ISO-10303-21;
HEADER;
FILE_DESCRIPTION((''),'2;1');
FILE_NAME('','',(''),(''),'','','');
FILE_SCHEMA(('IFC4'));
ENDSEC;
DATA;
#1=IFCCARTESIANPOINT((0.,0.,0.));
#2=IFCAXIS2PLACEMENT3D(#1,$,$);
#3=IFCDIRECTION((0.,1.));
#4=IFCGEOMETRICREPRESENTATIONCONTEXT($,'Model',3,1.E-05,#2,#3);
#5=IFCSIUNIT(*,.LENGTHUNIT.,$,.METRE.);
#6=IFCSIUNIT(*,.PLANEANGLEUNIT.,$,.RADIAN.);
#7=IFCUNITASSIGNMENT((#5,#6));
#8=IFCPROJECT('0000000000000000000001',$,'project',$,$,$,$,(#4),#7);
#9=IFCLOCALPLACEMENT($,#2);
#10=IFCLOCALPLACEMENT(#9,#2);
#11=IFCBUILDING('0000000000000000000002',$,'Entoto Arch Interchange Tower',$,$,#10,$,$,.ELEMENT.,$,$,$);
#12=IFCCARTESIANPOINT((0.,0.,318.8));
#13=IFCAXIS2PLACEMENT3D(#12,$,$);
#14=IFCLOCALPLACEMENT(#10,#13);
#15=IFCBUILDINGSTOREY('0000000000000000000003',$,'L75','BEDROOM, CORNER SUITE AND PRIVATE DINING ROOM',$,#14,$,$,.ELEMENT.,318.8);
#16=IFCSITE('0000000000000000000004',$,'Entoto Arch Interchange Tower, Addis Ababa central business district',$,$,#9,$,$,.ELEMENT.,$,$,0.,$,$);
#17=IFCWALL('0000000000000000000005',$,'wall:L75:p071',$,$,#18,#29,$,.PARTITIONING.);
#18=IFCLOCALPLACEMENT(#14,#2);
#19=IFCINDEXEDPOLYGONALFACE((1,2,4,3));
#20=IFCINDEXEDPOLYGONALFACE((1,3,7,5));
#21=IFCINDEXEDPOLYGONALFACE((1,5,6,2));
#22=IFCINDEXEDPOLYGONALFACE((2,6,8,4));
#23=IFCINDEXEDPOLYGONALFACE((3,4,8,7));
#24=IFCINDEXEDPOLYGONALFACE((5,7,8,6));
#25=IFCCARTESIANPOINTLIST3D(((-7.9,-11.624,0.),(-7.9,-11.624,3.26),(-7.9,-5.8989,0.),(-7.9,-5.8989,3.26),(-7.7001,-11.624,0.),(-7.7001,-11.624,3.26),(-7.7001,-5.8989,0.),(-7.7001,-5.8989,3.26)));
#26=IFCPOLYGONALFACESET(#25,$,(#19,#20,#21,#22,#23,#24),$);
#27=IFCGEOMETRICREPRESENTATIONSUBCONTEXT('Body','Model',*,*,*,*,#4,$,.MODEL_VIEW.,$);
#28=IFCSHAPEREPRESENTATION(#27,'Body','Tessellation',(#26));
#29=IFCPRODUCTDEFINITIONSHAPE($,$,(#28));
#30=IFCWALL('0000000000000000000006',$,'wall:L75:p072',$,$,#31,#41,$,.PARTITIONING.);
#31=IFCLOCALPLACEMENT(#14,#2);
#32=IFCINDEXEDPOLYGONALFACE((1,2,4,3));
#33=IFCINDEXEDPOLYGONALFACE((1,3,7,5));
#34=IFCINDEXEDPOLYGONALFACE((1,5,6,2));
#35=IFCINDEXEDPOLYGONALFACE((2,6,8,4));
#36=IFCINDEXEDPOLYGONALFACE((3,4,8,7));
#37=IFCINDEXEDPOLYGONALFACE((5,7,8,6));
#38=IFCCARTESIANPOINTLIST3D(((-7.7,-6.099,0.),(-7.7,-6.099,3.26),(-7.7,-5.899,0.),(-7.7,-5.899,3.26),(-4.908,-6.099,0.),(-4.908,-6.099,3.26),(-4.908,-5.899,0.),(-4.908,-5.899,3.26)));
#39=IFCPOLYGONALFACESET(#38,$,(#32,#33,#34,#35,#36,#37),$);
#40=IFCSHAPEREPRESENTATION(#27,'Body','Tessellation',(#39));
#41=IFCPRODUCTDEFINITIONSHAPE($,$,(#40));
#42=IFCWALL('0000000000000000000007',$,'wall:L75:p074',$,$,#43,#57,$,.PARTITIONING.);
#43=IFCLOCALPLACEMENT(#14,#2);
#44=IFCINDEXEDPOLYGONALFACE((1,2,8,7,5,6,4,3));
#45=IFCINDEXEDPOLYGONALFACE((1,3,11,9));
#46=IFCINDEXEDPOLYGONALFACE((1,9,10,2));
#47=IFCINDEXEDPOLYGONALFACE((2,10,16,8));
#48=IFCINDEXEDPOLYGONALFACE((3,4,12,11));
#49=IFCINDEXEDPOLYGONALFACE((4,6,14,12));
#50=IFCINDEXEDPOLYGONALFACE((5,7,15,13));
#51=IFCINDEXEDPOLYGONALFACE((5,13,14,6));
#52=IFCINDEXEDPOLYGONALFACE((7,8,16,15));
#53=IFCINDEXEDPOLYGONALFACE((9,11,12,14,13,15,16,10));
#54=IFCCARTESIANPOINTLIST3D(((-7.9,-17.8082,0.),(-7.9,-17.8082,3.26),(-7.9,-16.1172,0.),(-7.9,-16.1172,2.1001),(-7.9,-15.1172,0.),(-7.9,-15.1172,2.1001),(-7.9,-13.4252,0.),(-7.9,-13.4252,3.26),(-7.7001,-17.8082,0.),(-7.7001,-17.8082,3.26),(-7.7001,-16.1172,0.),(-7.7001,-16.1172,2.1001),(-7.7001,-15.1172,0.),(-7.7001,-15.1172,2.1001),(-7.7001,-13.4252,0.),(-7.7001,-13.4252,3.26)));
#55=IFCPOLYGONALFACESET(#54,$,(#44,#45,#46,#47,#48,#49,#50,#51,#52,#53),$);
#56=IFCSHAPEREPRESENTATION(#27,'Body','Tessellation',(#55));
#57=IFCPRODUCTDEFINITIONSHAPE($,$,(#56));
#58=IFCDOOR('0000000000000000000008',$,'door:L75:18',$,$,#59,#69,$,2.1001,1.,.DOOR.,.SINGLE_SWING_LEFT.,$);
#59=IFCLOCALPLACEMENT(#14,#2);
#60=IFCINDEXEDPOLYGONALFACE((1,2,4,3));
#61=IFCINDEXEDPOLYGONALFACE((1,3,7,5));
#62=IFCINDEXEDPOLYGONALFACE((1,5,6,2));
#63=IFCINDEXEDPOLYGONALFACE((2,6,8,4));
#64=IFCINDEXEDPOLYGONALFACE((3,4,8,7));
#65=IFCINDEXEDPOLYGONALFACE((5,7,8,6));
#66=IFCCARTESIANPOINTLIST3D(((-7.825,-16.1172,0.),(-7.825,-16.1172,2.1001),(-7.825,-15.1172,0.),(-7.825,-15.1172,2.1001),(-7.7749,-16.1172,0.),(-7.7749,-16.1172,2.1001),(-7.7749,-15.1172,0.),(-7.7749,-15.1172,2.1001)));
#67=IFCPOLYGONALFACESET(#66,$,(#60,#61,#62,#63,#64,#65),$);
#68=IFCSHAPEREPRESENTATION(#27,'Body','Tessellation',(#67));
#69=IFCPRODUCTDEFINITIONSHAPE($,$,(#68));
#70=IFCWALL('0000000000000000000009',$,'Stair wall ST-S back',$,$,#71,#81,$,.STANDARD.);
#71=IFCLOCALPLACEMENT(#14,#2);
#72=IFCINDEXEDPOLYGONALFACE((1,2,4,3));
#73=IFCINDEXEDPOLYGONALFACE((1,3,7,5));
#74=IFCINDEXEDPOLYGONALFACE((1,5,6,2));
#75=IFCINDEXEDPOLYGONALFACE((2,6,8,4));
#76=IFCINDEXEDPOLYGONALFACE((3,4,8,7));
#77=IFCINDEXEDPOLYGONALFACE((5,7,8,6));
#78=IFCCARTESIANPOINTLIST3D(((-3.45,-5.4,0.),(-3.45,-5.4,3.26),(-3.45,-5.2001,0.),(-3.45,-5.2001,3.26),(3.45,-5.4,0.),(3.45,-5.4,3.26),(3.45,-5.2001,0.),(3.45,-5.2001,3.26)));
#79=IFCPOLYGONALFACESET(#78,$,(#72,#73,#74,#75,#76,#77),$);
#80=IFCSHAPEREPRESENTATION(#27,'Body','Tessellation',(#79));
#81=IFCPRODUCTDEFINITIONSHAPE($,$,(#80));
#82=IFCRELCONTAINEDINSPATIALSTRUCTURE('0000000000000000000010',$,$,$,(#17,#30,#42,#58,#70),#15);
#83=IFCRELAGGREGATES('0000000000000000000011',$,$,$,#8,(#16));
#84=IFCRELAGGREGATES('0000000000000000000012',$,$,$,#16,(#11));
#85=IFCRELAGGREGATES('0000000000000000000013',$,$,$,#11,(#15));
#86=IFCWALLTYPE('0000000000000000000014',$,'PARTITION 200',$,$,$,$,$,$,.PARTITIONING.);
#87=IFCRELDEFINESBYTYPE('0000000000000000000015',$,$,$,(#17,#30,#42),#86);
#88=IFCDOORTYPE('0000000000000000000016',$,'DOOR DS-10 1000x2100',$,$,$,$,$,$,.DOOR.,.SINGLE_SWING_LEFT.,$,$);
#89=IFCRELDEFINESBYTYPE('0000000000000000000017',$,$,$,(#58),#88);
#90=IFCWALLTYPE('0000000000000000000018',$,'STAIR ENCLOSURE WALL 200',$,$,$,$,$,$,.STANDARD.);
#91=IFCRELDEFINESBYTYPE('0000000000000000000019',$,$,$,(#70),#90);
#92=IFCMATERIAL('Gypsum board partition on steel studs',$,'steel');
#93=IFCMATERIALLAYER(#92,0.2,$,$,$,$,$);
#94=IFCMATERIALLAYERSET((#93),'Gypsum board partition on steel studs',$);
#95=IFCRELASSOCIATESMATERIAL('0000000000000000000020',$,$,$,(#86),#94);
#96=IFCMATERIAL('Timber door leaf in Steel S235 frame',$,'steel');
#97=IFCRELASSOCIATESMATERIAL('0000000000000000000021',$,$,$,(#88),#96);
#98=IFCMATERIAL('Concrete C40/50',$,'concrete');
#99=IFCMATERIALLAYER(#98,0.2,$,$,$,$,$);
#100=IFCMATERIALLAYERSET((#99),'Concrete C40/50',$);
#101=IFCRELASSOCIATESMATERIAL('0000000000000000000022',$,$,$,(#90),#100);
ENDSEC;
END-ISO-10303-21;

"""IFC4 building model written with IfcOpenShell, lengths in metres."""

from ifc_helpers import new_model, si_unit, direction, frame, frame_2d, origin, place, context, subcontext, project, spatial, rectangle, extrude, material, layer, layer_set, type_object, element, fill, save


model = new_model("IFC4")

# Units and contexts
model_context = context("Model", 3, precision=1e-05, world=origin(), true_north=direction((0.0, 1.0)))
body_context = subcontext(model_context, "Body", "Model", "MODEL_VIEW")
ifc_project = project(units=[si_unit("LENGTHUNIT", "METRE"), si_unit("PLANEANGLEUNIT", "RADIAN")], contexts=[model_context])

# Site, building, storey
site_placement = place(None, origin())
site = spatial("IfcSite", under=ifc_project, at=site_placement, Name="Entoto Arch Interchange Tower, Addis Ababa central business district", CompositionType="ELEMENT", RefElevation=0.0)
building_placement = place(site_placement, origin())
building = spatial("IfcBuilding", under=site, at=building_placement, Name="Entoto Arch Interchange Tower", CompositionType="ELEMENT")
storey_placement = place(building_placement, frame((0.0, 0.0, 318.8)))
storey = spatial("IfcBuildingStorey", under=building, at=storey_placement, Name="L75", Description="BEDROOM, CORNER SUITE AND PRIVATE DINING ROOM", CompositionType="ELEMENT", Elevation=318.8)

# Shared definitions
ifc_material_1 = material(Name="Concrete C40/50", Category="concrete")

# Walls
ifc_material_2 = material(Name="Gypsum board partition on steel studs", Category="steel")
ifc_layer_1 = layer(ifc_material_2, 0.2)
ifc_layer_set_1 = layer_set([ifc_layer_1], Name="Gypsum board partition on steel studs")
wall_type_1 = type_object("IfcWallType", Name="PARTITION 200", PredefinedType="PARTITIONING", material=ifc_layer_set_1)
wall_1_placement = place(storey_placement, frame((-7.8, -11.624, 0.0), z_axis=(0.0, 0.0, 1.0), x_axis=(0.0, 1.0, 0.0)))
element("IfcWall", 1, at=wall_1_placement, inside=storey, type_object=wall_type_1, Name="wall:L75:p071", PredefinedType="PARTITIONING", context=body_context, shape_type="SweptSolid", body=[
    extrude(rectangle(XDim=5.7251, YDim=0.2, at=frame_2d((2.8625, 0.0))), origin(), (0.0, 0.0, 1.0), 3.26),
])
wall_2_placement = place(storey_placement, frame((-7.7, -5.999, 0.0), z_axis=(0.0, 0.0, 1.0), x_axis=(1.0, 0.0, 0.0)))
element("IfcWall", 2, at=wall_2_placement, inside=storey, type_object=wall_type_1, Name="wall:L75:p072", PredefinedType="PARTITIONING", context=body_context, shape_type="SweptSolid", body=[
    extrude(rectangle(XDim=2.792, YDim=0.2, at=frame_2d((1.396, 0.0))), origin(), (0.0, 0.0, 1.0), 3.26),
])

# Wall, opening, door
wall_3_placement = place(storey_placement, frame((-7.8, -17.8081, 0.0), z_axis=(0.0, 0.0, 1.0), x_axis=(0.0, 1.0, 0.0)))
wall_3 = element("IfcWall", 3, at=wall_3_placement, inside=storey, type_object=wall_type_1, Name="wall:L75:p074", PredefinedType="PARTITIONING", context=body_context, shape_type="SweptSolid", body=[
    extrude(rectangle(XDim=4.3831, YDim=0.2, at=frame_2d((2.1914, 0.0))), origin(), (0.0, 0.0, 1.0), 3.26),
])
opening_placement = place(wall_3_placement, frame((1.6909, 0.0, 0.0)))
opening = element("IfcOpeningElement", 4, at=opening_placement, cuts=wall_3, PredefinedType="OPENING", context=body_context, shape_type="SweptSolid", body=[
    extrude(rectangle(XDim=1.0, YDim=2.1001, at=frame_2d((0.5, 1.05))), frame((0.0, 0.1099, 0.0), z_axis=(0.0, -1.0, 0.0), x_axis=(1.0, 0.0, 0.0)), (0.0, 0.0, 1.0), 0.22),
])
ifc_material_3 = material(Name="Timber door leaf in Steel S235 frame", Category="steel")
door_type = type_object("IfcDoorType", Name="DOOR DS-10 1000x2100", OperationType="SINGLE_SWING_LEFT", PredefinedType="DOOR", material=ifc_material_3)
door_placement = place(opening_placement, origin())
door = element("IfcDoor", 5, at=door_placement, inside=storey, type_object=door_type, Name="door:L75:18", OperationType="SINGLE_SWING_LEFT", OverallHeight=2.1001, OverallWidth=1.0, PredefinedType="DOOR", context=body_context, shape_type="SweptSolid", body=[
    extrude(rectangle(XDim=1.0, YDim=2.1001, at=frame_2d((0.5, 1.05))), frame((0.0, 0.0249, 0.0), z_axis=(0.0, -1.0, 0.0), x_axis=(1.0, 0.0, 0.0)), (0.0, 0.0, 1.0), 0.05),
])
fill(opening, door)

# Wall
ifc_layer_2 = layer(ifc_material_1, 0.2)
ifc_layer_set_2 = layer_set([ifc_layer_2], Name="Concrete C40/50")
wall_type_2 = type_object("IfcWallType", Name="STAIR ENCLOSURE WALL 200", PredefinedType="STANDARD", material=ifc_layer_set_2)
wall_4_placement = place(storey_placement, frame((-3.45, -5.3, 0.0), z_axis=(0.0, 0.0, 1.0), x_axis=(1.0, 0.0, 0.0)))
element("IfcWall", 6, at=wall_4_placement, inside=storey, type_object=wall_type_2, Name="Stair wall ST-S back", PredefinedType="STANDARD", context=body_context, shape_type="SweptSolid", body=[
    extrude(rectangle(XDim=6.8999, YDim=0.2, at=frame_2d((3.45, 0.0))), origin(), (0.0, 0.0, 1.0), 3.26),
])

save(model, "model.ifc")
